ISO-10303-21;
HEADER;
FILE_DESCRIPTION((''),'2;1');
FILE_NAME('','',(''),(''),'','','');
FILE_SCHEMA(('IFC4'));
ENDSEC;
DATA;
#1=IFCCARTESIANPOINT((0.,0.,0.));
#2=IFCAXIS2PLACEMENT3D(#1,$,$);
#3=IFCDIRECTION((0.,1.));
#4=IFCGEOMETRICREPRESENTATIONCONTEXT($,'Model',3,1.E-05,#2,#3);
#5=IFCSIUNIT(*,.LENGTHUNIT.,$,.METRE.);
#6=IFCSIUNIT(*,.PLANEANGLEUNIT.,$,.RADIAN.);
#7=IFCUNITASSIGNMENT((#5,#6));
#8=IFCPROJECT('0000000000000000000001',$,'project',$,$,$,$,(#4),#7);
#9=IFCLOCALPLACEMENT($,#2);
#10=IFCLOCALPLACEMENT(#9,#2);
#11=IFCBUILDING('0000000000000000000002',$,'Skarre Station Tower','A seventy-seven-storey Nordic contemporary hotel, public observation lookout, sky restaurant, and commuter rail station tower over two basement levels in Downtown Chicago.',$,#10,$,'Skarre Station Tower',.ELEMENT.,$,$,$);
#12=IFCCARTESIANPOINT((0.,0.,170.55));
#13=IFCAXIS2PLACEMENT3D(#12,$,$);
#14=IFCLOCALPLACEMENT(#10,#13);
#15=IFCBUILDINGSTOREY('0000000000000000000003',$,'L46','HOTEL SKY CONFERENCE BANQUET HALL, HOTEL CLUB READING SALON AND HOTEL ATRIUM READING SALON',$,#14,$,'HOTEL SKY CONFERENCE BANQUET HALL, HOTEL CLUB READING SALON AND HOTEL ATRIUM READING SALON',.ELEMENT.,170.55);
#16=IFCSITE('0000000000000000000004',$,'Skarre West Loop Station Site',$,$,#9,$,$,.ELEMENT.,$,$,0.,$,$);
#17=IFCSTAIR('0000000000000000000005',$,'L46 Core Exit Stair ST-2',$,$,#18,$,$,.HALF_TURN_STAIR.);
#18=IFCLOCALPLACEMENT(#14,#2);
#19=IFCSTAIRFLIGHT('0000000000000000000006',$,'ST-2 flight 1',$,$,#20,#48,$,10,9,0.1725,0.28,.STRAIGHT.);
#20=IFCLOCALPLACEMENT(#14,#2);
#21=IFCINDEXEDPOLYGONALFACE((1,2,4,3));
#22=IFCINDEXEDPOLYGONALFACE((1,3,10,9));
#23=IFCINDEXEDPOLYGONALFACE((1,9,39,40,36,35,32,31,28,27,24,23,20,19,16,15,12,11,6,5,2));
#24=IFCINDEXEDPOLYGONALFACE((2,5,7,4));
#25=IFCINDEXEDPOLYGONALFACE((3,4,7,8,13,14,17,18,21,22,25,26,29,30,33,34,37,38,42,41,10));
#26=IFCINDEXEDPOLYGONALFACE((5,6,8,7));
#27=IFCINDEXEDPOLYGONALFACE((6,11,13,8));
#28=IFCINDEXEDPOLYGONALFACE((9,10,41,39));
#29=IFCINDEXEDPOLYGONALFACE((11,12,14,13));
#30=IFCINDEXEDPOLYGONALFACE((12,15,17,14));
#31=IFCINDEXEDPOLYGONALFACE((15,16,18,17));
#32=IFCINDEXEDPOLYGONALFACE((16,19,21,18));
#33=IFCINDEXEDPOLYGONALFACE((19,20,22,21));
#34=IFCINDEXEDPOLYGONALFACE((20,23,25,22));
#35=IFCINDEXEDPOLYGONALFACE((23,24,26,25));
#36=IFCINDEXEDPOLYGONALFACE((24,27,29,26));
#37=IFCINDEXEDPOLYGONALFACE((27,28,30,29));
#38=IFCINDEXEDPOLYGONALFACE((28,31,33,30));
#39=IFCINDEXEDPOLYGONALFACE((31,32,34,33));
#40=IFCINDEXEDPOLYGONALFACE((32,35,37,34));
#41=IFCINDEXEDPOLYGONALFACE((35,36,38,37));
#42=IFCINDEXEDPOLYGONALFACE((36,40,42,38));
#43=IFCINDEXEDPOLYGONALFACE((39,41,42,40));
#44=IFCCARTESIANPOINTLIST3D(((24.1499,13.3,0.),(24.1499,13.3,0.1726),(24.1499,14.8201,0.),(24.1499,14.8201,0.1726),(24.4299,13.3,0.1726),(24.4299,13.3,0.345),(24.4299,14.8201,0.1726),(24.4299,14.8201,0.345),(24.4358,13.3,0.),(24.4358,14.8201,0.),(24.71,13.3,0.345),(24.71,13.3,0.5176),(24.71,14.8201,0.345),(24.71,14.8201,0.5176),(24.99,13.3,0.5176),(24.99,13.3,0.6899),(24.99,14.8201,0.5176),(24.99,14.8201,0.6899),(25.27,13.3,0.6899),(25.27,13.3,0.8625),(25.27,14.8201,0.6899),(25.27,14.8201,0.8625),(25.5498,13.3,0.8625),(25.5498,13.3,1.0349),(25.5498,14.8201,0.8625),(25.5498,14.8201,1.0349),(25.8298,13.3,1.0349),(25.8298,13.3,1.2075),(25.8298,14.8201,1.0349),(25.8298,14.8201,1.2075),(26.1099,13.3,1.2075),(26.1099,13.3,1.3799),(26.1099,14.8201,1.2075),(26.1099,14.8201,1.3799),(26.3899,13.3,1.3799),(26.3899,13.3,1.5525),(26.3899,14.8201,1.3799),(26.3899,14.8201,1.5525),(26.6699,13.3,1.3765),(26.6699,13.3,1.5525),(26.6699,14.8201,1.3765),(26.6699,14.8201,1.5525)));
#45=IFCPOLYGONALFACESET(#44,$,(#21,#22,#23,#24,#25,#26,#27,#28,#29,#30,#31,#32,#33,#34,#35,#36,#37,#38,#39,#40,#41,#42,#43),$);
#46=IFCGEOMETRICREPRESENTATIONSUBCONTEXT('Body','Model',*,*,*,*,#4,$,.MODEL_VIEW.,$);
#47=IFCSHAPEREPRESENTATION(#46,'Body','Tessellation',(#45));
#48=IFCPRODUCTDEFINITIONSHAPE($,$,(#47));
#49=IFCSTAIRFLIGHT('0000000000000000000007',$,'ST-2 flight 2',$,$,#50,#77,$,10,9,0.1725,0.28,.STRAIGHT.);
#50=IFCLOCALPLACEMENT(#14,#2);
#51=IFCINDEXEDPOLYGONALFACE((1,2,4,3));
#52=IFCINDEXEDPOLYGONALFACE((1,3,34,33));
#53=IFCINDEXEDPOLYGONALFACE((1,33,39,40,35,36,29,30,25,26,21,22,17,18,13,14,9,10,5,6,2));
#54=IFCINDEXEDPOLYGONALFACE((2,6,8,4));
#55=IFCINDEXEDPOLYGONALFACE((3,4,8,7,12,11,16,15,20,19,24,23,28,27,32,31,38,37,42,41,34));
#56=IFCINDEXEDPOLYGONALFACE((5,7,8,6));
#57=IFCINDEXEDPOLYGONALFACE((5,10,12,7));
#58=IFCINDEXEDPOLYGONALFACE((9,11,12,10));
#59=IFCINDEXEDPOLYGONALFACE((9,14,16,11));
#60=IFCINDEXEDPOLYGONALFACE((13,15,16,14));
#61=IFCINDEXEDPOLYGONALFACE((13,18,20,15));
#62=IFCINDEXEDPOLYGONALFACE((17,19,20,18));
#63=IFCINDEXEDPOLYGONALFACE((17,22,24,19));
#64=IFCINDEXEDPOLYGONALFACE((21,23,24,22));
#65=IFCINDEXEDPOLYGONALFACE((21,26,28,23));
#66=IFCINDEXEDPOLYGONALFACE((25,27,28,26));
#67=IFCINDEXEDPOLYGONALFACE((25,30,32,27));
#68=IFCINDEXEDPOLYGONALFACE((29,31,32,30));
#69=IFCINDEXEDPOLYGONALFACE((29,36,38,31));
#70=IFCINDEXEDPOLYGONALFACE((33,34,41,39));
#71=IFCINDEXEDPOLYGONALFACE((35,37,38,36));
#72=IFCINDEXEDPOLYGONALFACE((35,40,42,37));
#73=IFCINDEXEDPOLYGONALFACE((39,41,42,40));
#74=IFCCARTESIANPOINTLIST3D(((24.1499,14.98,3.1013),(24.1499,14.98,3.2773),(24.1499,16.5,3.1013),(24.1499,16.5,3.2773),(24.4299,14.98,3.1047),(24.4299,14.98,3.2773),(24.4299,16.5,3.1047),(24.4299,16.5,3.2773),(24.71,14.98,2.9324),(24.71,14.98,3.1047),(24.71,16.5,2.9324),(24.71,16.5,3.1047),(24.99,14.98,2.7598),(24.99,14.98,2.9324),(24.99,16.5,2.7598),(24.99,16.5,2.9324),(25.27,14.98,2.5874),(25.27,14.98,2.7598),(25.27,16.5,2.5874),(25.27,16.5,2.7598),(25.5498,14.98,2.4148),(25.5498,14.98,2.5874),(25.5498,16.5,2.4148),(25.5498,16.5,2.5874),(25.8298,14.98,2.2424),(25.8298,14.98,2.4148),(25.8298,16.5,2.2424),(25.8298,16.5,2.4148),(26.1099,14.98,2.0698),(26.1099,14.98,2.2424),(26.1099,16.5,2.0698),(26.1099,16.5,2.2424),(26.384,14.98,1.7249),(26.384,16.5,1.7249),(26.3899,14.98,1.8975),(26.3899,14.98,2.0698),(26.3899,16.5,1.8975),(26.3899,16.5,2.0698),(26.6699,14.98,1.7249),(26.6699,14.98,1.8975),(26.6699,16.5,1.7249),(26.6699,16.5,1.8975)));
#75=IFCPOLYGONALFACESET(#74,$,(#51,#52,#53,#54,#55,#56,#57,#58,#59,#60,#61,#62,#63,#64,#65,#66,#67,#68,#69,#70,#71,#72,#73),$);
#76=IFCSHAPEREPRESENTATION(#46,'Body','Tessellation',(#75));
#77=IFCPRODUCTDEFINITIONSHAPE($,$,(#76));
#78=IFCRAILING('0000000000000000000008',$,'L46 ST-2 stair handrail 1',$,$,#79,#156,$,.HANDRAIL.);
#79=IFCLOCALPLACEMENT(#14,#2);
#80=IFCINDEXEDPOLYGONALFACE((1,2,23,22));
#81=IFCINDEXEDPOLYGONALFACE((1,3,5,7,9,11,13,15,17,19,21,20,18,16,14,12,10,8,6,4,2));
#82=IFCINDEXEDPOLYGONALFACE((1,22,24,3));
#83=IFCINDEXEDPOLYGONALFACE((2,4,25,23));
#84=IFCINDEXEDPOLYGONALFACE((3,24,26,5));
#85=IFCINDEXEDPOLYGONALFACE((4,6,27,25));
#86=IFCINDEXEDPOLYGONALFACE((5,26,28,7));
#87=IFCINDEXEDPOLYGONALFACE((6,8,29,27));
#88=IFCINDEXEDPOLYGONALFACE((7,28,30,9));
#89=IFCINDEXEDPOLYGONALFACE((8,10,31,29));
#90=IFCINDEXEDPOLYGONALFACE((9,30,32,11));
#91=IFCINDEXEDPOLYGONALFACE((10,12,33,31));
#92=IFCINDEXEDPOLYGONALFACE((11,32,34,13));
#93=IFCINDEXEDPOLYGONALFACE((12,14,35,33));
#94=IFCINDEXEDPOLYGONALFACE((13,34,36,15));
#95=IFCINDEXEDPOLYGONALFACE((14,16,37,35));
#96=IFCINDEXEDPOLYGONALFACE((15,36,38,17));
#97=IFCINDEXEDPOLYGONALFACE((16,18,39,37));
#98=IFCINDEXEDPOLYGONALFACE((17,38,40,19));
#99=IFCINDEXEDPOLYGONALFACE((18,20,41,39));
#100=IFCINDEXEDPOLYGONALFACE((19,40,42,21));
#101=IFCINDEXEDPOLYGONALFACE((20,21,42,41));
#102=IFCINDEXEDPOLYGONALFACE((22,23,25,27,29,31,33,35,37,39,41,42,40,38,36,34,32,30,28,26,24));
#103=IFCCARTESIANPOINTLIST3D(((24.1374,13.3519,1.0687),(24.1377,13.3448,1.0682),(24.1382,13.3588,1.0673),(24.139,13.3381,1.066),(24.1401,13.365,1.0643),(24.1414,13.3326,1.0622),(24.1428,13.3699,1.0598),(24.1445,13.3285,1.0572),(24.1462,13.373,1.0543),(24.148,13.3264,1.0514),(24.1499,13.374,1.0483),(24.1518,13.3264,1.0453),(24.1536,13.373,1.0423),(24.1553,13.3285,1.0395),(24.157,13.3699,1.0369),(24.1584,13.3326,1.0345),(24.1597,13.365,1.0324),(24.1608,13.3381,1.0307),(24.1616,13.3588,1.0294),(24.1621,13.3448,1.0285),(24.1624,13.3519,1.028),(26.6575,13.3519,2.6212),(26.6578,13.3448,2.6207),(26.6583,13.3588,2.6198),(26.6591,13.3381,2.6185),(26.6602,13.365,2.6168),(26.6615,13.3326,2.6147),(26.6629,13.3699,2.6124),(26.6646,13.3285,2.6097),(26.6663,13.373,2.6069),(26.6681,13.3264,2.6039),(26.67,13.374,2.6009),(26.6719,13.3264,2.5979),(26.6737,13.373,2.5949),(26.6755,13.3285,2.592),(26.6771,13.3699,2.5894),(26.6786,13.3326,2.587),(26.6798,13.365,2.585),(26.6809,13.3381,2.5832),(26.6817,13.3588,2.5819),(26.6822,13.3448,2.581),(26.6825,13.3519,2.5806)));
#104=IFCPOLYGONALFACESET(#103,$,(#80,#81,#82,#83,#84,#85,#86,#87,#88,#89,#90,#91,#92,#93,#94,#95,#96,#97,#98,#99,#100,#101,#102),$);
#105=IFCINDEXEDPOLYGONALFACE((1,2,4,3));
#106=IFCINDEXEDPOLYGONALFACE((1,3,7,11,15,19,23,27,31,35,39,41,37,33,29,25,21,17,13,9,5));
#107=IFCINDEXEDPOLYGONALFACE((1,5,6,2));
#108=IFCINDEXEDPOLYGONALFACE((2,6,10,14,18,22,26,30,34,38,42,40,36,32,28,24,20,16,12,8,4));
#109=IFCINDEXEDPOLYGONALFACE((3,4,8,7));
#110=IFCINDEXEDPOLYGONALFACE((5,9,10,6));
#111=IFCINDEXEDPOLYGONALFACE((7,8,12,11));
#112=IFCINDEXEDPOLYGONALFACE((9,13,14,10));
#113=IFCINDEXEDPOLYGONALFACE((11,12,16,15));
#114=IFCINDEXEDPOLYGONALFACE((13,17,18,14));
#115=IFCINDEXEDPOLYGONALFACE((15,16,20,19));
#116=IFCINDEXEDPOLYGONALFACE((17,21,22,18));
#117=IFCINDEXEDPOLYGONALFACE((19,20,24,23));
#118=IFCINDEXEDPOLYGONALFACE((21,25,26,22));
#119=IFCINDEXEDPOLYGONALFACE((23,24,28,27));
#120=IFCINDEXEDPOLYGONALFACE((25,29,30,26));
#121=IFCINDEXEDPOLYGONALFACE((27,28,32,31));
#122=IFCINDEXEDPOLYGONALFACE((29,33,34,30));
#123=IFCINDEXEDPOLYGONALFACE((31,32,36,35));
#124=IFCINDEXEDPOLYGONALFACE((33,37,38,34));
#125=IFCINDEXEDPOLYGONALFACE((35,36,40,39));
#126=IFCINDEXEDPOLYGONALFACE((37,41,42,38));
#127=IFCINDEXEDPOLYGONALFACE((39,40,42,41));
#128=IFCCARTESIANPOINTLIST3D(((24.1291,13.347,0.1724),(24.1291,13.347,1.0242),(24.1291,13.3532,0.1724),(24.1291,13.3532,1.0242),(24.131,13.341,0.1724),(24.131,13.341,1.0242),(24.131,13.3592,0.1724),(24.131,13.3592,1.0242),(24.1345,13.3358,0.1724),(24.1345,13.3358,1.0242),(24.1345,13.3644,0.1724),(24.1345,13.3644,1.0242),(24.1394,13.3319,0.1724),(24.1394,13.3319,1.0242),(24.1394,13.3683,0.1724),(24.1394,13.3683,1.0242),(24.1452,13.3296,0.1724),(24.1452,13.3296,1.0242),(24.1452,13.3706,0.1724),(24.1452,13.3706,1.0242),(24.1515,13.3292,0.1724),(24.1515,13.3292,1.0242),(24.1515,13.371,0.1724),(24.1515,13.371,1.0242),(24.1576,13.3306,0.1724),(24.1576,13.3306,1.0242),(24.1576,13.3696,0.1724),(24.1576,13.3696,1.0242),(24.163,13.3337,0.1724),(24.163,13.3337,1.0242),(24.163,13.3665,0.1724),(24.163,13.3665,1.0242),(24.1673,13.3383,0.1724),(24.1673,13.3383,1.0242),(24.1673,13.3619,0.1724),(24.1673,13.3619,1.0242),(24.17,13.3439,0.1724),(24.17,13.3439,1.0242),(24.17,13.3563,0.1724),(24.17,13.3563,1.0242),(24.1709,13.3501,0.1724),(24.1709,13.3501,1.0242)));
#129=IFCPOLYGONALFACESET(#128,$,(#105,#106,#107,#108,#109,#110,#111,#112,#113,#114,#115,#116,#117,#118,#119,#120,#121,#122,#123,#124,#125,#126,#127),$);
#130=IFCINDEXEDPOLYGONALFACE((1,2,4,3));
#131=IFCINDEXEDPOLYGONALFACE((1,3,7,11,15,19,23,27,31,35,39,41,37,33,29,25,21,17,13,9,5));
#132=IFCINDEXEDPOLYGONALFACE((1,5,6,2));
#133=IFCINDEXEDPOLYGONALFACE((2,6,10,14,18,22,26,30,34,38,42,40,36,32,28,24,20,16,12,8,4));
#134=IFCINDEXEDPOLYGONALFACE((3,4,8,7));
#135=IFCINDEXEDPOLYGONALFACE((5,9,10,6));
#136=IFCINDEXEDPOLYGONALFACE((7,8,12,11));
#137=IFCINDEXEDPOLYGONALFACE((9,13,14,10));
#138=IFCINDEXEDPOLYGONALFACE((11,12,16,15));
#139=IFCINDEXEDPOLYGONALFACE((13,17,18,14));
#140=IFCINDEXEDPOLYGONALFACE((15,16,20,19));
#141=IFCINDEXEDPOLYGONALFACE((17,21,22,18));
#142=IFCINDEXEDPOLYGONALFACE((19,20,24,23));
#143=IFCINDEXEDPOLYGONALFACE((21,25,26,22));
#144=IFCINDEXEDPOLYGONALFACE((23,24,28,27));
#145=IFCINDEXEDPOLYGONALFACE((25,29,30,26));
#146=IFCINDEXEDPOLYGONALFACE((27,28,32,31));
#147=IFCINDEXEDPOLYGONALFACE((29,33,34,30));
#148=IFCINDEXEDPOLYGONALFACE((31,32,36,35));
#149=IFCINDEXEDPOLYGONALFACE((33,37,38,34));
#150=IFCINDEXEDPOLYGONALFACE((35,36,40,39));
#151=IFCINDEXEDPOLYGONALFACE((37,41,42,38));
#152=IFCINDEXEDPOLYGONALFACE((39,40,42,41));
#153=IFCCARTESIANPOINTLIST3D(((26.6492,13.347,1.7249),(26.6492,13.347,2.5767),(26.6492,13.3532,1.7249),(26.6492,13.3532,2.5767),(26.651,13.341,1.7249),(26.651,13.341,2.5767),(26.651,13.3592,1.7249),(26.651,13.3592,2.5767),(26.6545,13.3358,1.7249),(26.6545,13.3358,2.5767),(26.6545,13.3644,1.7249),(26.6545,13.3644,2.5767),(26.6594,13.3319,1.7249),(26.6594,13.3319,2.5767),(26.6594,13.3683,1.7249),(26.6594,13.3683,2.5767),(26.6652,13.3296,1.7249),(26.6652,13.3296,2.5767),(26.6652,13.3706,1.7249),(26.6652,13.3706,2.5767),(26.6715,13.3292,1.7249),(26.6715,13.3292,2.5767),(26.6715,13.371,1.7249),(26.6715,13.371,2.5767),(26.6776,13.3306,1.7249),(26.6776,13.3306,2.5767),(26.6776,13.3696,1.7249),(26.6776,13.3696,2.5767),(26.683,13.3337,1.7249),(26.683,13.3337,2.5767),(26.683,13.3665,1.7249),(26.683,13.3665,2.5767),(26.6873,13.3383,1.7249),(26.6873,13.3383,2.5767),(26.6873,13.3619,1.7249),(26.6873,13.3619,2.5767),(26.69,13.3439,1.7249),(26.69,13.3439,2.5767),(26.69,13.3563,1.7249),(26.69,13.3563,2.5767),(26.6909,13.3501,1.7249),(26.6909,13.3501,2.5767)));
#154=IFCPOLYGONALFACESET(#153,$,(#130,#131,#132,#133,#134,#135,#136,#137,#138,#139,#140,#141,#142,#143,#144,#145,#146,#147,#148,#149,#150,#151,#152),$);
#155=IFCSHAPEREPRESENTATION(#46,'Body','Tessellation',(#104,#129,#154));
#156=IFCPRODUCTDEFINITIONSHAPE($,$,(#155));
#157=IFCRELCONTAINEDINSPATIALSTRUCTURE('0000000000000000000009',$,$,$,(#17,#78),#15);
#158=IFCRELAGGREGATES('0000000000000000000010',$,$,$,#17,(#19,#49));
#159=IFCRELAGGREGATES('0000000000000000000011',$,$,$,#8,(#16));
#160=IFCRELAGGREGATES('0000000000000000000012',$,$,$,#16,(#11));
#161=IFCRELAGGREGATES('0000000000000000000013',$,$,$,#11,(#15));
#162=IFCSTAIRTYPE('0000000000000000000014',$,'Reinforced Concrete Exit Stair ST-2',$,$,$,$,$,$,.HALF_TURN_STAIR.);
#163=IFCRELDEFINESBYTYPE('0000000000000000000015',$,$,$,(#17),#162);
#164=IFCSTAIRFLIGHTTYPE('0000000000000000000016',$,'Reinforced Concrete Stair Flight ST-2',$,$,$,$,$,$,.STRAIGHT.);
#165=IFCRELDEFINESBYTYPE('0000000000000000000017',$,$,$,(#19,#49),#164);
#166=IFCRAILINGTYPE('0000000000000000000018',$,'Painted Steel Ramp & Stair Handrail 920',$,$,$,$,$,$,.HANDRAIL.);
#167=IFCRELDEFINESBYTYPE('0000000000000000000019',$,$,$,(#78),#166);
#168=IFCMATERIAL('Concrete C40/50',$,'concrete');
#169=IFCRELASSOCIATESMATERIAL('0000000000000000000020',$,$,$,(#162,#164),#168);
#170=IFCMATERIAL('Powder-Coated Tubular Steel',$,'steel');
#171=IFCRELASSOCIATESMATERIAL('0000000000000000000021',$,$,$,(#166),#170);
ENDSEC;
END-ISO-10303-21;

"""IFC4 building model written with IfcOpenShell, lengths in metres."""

from ifc_helpers import new_model, si_unit, direction, frame, origin, origin_2d, place, context, subcontext, project, spatial, polyline, circle, outline, extrude, material, type_object, element, aggregate, save


model = new_model("IFC4")

# Units and contexts
model_context = context("Model", 3, precision=1e-05, world=origin(), true_north=direction((0.0, 1.0)))
body_context = subcontext(model_context, "Body", "Model", "MODEL_VIEW")
ifc_project = project(units=[si_unit("LENGTHUNIT", "METRE"), si_unit("PLANEANGLEUNIT", "RADIAN")], contexts=[model_context])

# Site, building, storey
site_placement = place(None, origin())
site = spatial("IfcSite", under=ifc_project, at=site_placement, Name="Skarre West Loop Station Site", CompositionType="ELEMENT", RefElevation=0.0)
building_placement = place(site_placement, origin())
building = spatial("IfcBuilding", under=site, at=building_placement, Name="Skarre Station Tower", Description="A seventy-seven-storey Nordic contemporary hotel, public observation lookout, sky restaurant, and commuter rail station tower over two basement levels in Downtown Chicago.", LongName="Skarre Station Tower", CompositionType="ELEMENT")
storey_placement = place(building_placement, frame((0.0, 0.0, 170.55)))
storey = spatial("IfcBuildingStorey", under=building, at=storey_placement, Name="L46", Description="HOTEL SKY CONFERENCE BANQUET HALL, HOTEL CLUB READING SALON AND HOTEL ATRIUM READING SALON", LongName="HOTEL SKY CONFERENCE BANQUET HALL, HOTEL CLUB READING SALON AND HOTEL ATRIUM READING SALON", CompositionType="ELEMENT", Elevation=170.55)

# Stair, stair flights
ifc_material_1 = material(Name="Concrete C40/50", Category="concrete")
stair_type = type_object("IfcStairType", Name="Reinforced Concrete Exit Stair ST-2", PredefinedType="HALF_TURN_STAIR", material=ifc_material_1)
stair_placement = place(storey_placement, origin())
stair = element("IfcStair", 1, at=stair_placement, inside=storey, type_object=stair_type, Name="L46 Core Exit Stair ST-2", PredefinedType="HALF_TURN_STAIR")
stair_flight_type = type_object("IfcStairFlightType", Name="Reinforced Concrete Stair Flight ST-2", PredefinedType="STRAIGHT", material=ifc_material_1)
stair_flight_1_placement = place(storey_placement, frame((24.1499, 14.0601, 0.0), z_axis=(0.0, 0.0, 1.0), x_axis=(1.0, 0.0, 0.0)))
stair_flight_1 = element("IfcStairFlight", 2, at=stair_flight_1_placement, type_object=stair_flight_type, Name="ST-2 flight 1", NumberOfRisers=10, NumberOfTreads=9, PredefinedType="STRAIGHT", RiserHeight=0.1725, TreadLength=0.28, context=body_context, shape_type="SweptSolid", body=[
    extrude(outline(polyline([(0.0, 0.0), (0.0, 0.1726), (0.28, 0.1726), (0.28, 0.345), (0.5601, 0.345), (0.5601, 0.5176), (0.8401, 0.5176), (0.8401, 0.6899), (1.1201, 0.6899), (1.1201, 0.8625), (1.3999, 0.8625), (1.3999, 1.0349), (1.6799, 1.0349), (1.6799, 1.2075), (1.96, 1.2075), (1.96, 1.3799), (2.24, 1.3799), (2.24, 1.5525), (2.52, 1.5525), (2.52, 1.7251), (2.52, 1.3765), (0.2859, 0.0), (0.0, 0.0)])), frame((0.0, 0.76, 0.0), z_axis=(0.0, -1.0, 0.0), x_axis=(1.0, 0.0, 0.0)), (0.0, 0.0, 1.0), 1.52),
])
stair_flight_2_placement = place(storey_placement, frame((26.6699, 15.74, 1.7249), z_axis=(0.0, 0.0, 1.0), x_axis=(-1.0, 0.0, 0.0)))
stair_flight_2 = element("IfcStairFlight", 3, at=stair_flight_2_placement, type_object=stair_flight_type, Name="ST-2 flight 2", NumberOfRisers=10, NumberOfTreads=9, PredefinedType="STRAIGHT", RiserHeight=0.1725, TreadLength=0.28, context=body_context, shape_type="SweptSolid", body=[
    extrude(outline(polyline([(0.0, 0.0), (0.0, 0.1726), (0.28, 0.1726), (0.28, 0.345), (0.5601, 0.345), (0.5601, 0.5176), (0.8401, 0.5176), (0.8401, 0.6899), (1.1201, 0.6899), (1.1201, 0.8625), (1.3999, 0.8625), (1.3999, 1.0349), (1.6799, 1.0349), (1.6799, 1.2075), (1.96, 1.2075), (1.96, 1.3799), (2.24, 1.3799), (2.24, 1.5525), (2.52, 1.5525), (2.52, 1.7251), (2.52, 1.3765), (0.2859, 0.0), (0.0, 0.0)])), frame((0.0, 0.76, 0.0), z_axis=(0.0, -1.0, 0.0), x_axis=(1.0, 0.0, 0.0)), (0.0, 0.0, 1.0), 1.52),
])
aggregate(stair, [stair_flight_1, stair_flight_2])

# Railing
ifc_material_2 = material(Name="Powder-Coated Tubular Steel", Category="steel")
railing_type_1 = type_object("IfcRailingType", Name="Painted Steel Ramp & Stair Handrail 920", PredefinedType="HANDRAIL", material=ifc_material_2)
railing_1_placement = place(storey_placement, frame((24.1499, 13.3501, 0.1724)))
element("IfcRailing", 4, at=railing_1_placement, inside=storey, type_object=railing_type_1, Name="L46 ST-2 stair handrail 1", PredefinedType="HANDRAIL", context=body_context, shape_type="SweptSolid", body=[
    extrude(circle(Radius=0.0239, at=origin_2d()), frame((0.0, 0.0, 0.876), z_axis=(0.8514, 0.0, 0.524516), x_axis=(0.0, 1.0, 0.0)), (0.0, 0.0, 1.0), 2.96),
    extrude(circle(Radius=0.021, at=origin_2d()), origin(), (0.0, 0.0, 1.0), 0.8518),
    extrude(circle(Radius=0.021, at=origin_2d()), frame((2.52, 0.0, 1.5525)), (0.0, 0.0, 1.0), 0.8518),
])

save(model, "model.ifc")
